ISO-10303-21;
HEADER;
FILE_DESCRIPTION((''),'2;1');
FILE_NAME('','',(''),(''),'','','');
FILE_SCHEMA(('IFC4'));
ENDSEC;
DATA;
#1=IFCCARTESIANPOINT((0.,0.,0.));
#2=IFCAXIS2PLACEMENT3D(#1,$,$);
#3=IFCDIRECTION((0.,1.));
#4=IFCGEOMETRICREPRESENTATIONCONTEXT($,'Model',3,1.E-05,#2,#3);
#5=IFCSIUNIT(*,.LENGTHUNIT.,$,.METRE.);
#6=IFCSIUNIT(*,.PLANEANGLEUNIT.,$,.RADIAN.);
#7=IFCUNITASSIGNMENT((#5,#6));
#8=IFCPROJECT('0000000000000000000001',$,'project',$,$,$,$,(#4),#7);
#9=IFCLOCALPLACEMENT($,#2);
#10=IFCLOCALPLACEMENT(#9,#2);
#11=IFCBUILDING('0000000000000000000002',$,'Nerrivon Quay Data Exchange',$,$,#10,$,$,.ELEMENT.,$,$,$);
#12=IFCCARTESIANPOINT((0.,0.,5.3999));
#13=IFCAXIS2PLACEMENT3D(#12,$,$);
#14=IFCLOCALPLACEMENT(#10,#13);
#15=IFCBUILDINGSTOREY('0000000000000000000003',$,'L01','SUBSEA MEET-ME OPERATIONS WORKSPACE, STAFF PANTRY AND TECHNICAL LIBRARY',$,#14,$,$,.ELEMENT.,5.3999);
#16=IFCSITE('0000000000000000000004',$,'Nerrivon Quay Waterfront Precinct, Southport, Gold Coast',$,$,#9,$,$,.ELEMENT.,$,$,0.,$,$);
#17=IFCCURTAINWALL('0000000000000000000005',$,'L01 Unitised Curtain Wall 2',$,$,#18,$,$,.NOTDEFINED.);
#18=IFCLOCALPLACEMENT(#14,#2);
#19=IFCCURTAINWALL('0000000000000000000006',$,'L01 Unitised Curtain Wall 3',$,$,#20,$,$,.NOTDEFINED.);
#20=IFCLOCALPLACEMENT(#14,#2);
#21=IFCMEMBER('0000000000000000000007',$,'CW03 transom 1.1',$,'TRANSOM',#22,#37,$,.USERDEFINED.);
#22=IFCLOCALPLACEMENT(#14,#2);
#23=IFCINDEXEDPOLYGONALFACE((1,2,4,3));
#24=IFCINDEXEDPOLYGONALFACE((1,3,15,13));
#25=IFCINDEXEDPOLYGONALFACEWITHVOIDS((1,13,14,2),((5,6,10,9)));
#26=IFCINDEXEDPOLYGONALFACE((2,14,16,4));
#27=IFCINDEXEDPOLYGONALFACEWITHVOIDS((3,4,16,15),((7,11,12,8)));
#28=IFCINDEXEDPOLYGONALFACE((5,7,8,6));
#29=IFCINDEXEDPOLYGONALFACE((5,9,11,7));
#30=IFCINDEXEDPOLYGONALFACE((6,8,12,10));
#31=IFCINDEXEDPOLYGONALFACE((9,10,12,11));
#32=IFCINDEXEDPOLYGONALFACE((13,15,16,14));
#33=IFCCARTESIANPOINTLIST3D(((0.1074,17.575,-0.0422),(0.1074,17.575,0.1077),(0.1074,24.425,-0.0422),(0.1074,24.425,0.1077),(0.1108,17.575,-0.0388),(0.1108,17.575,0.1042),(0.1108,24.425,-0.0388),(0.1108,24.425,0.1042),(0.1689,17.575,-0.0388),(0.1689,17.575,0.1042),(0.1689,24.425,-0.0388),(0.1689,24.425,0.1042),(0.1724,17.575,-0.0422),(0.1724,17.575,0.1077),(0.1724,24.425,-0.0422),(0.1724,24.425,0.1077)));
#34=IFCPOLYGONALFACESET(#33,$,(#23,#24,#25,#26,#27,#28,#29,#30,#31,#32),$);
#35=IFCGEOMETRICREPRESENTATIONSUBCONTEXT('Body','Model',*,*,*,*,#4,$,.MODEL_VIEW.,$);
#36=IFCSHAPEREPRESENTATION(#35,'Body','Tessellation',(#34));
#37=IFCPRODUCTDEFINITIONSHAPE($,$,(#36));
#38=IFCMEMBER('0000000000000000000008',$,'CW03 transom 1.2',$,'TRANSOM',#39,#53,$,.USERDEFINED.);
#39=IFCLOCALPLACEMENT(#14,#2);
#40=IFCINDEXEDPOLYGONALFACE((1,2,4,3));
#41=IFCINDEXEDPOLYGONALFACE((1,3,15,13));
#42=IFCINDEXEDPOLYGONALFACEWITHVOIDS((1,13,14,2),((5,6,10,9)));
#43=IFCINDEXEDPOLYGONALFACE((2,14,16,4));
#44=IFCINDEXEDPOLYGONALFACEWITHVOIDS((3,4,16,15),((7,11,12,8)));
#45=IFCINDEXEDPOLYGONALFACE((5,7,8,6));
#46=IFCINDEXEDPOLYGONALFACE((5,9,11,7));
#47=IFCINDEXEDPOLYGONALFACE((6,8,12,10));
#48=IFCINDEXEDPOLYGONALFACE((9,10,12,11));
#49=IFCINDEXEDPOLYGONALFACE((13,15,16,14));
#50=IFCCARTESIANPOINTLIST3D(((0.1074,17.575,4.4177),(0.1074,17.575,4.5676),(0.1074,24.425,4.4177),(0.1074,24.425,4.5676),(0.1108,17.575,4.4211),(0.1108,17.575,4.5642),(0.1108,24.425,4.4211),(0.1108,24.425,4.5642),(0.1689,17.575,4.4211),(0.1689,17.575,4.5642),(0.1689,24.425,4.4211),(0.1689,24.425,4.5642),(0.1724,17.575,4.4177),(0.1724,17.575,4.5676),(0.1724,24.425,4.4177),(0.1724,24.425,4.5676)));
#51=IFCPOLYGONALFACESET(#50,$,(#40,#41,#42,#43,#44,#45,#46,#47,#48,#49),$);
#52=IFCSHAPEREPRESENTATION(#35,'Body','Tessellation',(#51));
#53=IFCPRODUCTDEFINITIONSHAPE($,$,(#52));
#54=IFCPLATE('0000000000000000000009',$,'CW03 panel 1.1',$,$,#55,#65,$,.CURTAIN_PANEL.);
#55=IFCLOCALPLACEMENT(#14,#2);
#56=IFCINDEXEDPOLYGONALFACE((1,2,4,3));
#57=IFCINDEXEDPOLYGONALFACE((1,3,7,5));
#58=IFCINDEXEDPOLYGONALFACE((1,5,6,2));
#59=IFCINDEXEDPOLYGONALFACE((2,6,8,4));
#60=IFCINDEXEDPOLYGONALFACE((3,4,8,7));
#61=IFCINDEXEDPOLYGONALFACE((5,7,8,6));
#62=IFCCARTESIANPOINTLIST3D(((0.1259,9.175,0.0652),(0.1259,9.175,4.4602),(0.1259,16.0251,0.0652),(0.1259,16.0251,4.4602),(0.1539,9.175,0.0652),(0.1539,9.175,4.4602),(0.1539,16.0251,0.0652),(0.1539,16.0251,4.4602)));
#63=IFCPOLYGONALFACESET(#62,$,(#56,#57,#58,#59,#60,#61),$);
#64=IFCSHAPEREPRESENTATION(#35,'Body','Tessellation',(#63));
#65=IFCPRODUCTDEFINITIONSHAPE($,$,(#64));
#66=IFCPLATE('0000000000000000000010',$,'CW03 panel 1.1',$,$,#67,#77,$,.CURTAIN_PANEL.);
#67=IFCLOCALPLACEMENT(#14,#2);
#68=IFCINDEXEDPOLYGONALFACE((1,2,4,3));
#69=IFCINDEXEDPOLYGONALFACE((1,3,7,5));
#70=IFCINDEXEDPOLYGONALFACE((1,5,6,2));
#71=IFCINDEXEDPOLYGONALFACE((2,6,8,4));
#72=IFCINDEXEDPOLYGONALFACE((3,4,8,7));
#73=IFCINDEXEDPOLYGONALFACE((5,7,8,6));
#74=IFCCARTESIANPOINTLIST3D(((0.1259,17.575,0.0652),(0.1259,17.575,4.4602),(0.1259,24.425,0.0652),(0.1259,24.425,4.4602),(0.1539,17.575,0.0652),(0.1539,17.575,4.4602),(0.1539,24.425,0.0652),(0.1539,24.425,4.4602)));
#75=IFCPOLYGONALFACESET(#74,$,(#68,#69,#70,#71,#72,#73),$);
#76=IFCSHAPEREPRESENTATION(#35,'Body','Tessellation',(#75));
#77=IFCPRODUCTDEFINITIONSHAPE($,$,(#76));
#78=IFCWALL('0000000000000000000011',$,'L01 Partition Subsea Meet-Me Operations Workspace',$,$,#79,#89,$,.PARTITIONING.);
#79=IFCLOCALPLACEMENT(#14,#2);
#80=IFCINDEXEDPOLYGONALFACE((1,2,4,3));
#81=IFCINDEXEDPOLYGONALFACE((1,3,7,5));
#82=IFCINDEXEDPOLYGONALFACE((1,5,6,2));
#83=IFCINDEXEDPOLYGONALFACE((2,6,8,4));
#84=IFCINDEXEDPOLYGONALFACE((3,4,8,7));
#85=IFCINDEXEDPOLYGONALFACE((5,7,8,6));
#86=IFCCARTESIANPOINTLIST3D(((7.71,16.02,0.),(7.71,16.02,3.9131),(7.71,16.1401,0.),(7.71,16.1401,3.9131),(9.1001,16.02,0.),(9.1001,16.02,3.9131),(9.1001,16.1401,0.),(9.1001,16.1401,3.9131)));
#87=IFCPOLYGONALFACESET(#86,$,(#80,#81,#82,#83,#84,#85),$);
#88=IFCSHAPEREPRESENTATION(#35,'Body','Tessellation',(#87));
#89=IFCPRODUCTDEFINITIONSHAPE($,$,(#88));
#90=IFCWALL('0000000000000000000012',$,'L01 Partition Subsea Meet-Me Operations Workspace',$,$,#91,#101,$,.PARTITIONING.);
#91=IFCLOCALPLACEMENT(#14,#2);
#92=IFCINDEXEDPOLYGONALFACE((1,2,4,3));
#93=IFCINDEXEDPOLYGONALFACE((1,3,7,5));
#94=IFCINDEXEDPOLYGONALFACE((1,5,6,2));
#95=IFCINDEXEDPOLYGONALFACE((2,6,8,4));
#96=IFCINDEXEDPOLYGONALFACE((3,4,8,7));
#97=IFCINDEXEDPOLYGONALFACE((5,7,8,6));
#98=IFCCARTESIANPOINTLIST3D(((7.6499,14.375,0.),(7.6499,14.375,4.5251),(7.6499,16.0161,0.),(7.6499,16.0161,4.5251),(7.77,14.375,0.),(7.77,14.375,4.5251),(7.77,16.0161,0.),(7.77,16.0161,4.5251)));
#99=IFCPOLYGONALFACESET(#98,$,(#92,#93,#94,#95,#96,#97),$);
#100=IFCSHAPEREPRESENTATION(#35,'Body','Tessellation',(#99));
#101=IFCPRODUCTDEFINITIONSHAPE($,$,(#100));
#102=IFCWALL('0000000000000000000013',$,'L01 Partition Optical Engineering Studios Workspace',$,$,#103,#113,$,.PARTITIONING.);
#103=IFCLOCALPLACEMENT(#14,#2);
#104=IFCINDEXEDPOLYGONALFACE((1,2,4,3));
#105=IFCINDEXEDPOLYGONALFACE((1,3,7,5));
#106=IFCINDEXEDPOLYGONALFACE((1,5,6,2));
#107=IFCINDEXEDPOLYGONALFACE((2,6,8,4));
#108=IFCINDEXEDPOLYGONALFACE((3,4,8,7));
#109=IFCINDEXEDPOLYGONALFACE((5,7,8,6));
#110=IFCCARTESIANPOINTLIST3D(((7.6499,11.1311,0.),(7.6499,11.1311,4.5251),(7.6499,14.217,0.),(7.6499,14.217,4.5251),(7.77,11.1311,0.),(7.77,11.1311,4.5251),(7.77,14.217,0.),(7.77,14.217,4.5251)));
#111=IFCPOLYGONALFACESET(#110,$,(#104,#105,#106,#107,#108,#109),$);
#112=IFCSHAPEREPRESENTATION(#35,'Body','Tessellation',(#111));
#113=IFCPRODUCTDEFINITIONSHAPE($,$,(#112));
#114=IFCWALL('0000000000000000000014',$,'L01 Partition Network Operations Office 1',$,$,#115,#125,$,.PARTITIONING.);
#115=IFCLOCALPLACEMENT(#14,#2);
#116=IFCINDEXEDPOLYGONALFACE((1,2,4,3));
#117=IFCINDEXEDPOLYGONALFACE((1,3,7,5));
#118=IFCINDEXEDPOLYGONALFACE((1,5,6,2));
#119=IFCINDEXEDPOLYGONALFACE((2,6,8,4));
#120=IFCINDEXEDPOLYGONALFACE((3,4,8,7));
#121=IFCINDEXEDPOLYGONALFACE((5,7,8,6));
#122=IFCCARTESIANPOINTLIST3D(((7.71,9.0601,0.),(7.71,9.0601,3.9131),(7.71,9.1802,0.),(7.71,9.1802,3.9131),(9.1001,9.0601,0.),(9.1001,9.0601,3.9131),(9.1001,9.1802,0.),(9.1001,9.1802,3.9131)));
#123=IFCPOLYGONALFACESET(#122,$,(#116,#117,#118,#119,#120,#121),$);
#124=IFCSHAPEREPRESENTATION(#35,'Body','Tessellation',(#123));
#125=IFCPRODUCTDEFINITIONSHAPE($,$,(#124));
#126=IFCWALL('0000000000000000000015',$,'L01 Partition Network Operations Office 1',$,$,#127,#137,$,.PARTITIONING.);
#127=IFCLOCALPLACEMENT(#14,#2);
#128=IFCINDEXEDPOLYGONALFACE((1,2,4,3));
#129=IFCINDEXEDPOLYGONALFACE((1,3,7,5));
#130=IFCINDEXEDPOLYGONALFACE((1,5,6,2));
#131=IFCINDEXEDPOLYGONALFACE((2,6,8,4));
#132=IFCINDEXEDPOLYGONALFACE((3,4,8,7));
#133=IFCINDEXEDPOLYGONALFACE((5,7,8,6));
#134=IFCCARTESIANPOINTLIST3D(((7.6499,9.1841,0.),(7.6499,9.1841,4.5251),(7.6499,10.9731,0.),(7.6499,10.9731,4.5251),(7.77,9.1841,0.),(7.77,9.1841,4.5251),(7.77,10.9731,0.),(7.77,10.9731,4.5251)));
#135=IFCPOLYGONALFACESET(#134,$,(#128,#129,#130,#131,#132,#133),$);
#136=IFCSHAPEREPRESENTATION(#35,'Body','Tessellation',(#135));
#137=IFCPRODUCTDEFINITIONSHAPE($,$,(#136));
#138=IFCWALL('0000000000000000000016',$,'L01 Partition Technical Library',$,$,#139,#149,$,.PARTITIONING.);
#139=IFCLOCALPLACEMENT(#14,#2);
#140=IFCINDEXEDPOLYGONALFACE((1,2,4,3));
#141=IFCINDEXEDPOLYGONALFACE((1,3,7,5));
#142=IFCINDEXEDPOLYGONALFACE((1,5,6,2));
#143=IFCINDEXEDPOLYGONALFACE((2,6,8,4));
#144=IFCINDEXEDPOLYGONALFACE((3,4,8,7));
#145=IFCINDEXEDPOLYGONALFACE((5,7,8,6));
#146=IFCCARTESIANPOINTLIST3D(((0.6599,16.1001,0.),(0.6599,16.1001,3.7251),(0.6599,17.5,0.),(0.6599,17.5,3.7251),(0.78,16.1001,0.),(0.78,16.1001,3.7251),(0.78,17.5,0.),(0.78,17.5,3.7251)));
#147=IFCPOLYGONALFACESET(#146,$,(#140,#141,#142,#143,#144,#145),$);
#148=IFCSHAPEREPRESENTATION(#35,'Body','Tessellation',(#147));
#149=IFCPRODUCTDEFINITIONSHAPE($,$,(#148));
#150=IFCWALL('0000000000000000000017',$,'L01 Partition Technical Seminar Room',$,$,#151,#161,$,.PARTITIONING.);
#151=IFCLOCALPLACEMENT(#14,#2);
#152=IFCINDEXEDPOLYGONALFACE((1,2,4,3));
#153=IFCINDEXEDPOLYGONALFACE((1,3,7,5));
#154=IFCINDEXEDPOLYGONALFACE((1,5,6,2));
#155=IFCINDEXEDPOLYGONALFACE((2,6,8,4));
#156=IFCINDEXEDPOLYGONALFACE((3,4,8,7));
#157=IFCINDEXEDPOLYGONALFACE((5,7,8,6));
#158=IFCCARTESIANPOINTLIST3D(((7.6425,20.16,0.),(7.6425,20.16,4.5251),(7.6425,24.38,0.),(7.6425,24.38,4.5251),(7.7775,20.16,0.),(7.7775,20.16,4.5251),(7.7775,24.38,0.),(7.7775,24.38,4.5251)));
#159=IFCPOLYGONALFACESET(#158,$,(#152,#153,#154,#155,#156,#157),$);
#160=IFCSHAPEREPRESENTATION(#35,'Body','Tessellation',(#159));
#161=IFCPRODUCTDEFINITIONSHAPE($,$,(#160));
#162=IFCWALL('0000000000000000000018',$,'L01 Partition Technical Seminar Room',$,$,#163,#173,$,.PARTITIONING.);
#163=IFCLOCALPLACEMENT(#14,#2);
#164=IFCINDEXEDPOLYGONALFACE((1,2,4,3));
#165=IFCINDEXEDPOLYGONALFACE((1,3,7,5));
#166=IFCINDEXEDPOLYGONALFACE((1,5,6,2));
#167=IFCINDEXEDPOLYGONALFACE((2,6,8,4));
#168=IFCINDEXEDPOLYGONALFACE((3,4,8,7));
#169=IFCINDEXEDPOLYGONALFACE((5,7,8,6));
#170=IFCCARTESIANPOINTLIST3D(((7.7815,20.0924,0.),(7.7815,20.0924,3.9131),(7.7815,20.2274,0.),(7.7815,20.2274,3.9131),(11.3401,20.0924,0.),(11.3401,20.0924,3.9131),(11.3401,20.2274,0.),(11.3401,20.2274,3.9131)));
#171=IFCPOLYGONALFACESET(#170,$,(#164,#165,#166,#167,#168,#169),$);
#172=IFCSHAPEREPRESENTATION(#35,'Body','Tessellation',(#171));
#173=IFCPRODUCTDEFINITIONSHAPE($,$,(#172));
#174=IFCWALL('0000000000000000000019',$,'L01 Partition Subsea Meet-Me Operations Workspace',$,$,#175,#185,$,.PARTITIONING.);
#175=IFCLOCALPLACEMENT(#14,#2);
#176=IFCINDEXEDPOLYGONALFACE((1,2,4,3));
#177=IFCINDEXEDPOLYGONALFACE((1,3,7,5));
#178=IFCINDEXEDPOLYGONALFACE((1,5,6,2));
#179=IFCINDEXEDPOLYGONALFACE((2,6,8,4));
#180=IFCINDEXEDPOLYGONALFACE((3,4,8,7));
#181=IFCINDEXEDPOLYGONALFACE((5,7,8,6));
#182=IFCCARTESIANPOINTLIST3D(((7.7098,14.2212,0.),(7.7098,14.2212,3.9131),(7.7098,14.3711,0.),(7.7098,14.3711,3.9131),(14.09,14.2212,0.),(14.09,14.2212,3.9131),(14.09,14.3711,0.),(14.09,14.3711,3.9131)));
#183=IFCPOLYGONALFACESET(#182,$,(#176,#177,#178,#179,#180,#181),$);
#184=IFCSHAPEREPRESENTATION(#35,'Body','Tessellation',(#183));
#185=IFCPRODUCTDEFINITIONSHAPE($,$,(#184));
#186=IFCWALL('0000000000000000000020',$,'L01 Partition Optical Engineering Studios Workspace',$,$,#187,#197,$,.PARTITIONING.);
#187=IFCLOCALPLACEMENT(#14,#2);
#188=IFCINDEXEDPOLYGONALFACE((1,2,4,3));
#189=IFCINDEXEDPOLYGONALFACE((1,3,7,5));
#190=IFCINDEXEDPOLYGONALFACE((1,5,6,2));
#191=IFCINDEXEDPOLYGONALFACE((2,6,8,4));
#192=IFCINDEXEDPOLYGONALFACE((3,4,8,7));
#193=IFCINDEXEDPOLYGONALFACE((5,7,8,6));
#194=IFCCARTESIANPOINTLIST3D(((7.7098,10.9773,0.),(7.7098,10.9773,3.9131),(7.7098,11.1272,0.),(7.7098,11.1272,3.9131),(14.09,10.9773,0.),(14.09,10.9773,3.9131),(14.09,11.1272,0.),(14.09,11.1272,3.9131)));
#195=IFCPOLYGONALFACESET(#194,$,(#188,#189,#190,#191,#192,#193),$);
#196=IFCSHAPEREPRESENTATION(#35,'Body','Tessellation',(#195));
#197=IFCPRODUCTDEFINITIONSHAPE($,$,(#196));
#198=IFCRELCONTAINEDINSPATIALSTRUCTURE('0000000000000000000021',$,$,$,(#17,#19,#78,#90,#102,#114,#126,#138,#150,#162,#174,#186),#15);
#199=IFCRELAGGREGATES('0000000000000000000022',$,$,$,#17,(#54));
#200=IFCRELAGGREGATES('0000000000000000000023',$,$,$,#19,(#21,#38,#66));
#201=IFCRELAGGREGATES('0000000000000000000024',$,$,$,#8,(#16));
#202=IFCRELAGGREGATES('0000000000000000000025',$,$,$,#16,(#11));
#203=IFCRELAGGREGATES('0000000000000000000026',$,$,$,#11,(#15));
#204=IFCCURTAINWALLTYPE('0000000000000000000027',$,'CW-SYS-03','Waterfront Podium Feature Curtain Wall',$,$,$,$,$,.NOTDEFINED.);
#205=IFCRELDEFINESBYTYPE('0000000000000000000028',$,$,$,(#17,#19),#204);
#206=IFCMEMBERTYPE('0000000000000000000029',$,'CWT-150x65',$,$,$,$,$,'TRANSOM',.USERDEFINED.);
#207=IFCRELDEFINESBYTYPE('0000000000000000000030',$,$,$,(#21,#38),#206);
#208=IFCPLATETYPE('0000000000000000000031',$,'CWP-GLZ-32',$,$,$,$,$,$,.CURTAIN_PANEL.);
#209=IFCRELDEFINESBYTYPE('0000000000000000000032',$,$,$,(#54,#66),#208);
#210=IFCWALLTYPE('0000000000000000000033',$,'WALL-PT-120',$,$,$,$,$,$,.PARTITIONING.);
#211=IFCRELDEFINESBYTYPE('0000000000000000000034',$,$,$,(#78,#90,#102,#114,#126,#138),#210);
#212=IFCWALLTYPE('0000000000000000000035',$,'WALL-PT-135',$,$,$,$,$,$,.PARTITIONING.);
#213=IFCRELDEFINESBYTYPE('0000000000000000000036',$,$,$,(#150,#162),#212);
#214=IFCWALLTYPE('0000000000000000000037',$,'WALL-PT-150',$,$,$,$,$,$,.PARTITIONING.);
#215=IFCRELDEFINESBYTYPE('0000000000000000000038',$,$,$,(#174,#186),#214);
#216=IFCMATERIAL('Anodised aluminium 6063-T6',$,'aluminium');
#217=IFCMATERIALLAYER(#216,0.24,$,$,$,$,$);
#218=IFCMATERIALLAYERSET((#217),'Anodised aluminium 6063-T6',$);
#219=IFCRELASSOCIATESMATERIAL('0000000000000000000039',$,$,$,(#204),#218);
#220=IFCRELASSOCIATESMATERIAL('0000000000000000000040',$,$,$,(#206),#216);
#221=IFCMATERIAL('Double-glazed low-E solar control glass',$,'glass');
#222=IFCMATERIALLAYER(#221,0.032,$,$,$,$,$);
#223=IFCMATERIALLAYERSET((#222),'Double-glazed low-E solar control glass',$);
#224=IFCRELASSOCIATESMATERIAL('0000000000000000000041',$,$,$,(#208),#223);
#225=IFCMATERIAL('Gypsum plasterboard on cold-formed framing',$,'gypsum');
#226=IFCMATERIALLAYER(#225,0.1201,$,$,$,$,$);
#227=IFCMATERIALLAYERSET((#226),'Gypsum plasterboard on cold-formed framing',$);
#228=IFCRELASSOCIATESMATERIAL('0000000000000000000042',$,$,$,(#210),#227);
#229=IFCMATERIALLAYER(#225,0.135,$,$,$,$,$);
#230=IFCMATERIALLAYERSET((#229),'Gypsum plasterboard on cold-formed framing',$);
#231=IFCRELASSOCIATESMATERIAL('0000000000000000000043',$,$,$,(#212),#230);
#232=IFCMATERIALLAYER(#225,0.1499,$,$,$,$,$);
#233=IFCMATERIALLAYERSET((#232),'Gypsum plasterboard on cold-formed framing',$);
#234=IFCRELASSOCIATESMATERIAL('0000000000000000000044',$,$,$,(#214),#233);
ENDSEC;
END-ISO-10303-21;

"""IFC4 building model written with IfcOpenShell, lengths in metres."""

from ifc_helpers import new_model, si_unit, direction, frame, frame_2d, origin, origin_2d, place, context, subcontext, project, spatial, rectangle, hollow_rectangle, extrude, material, layer, layer_set, material_profile, profile_set, type_object, element, aggregate, save


model = new_model("IFC4")

# Units and contexts
model_context = context("Model", 3, precision=1e-05, world=origin(), true_north=direction((0.0, 1.0)))
body_context = subcontext(model_context, "Body", "Model", "MODEL_VIEW")
ifc_project = project(units=[si_unit("LENGTHUNIT", "METRE"), si_unit("PLANEANGLEUNIT", "RADIAN")], contexts=[model_context])

# Site, building, storey
site_placement = place(None, origin())
site = spatial("IfcSite", under=ifc_project, at=site_placement, Name="Nerrivon Quay Waterfront Precinct, Southport, Gold Coast", CompositionType="ELEMENT", RefElevation=0.0)
building_placement = place(site_placement, origin())
building = spatial("IfcBuilding", under=site, at=building_placement, Name="Nerrivon Quay Data Exchange", CompositionType="ELEMENT")
storey_placement = place(building_placement, frame((0.0, 0.0, 5.3999)))
storey = spatial("IfcBuildingStorey", under=building, at=storey_placement, Name="L01", Description="SUBSEA MEET-ME OPERATIONS WORKSPACE, STAFF PANTRY AND TECHNICAL LIBRARY", CompositionType="ELEMENT", Elevation=5.3999)

# Curtain walls
ifc_material_1 = material(Name="Anodised aluminium 6063-T6", Category="aluminium")
ifc_layer_1 = layer(ifc_material_1, 0.24)
ifc_layer_set_1 = layer_set([ifc_layer_1], Name="Anodised aluminium 6063-T6")
curtain_wall_type = type_object("IfcCurtainWallType", Name="CW-SYS-03", Description="Waterfront Podium Feature Curtain Wall", PredefinedType="NOTDEFINED", material=ifc_layer_set_1)
curtain_wall_1_placement = place(storey_placement, origin())
curtain_wall_1 = element("IfcCurtainWall", 1, at=curtain_wall_1_placement, inside=storey, type_object=curtain_wall_type, Name="L01 Unitised Curtain Wall 2", PredefinedType="NOTDEFINED")
curtain_wall_2_placement = place(storey_placement, origin())
curtain_wall_2 = element("IfcCurtainWall", 2, at=curtain_wall_2_placement, inside=storey, type_object=curtain_wall_type, Name="L01 Unitised Curtain Wall 3", PredefinedType="NOTDEFINED")

# Members
ifc_material_profile_1 = material_profile(ifc_material_1, hollow_rectangle(XDim=0.0649, YDim=0.1499, WallThickness=0.0034, at=origin_2d()), Name="ALU-TRAN-150x65")
ifc_profile_set_1 = profile_set([ifc_material_profile_1], Name="Anodised aluminium 6063-T6")
member_type_1 = type_object("IfcMemberType", Name="CWT-150x65", ElementType="TRANSOM", PredefinedType="USERDEFINED", material=ifc_profile_set_1)
member_1_placement = place(storey_placement, frame((0.1399, 17.575, 0.0327), z_axis=(0.0, 1.0, 0.0), x_axis=(-1.0, 0.0, 0.0)))
member_1 = element("IfcMember", 3, at=member_1_placement, type_object=member_type_1, Name="CW03 transom 1.1", ObjectType="TRANSOM", PredefinedType="USERDEFINED", context=body_context, shape_type="SweptSolid", body=[
    extrude(hollow_rectangle(XDim=0.0649, YDim=0.1499, WallThickness=0.0034, at=origin_2d()), origin(), (0.0, 0.0, 1.0), 6.8501),
])
member_2_placement = place(storey_placement, frame((0.1399, 17.575, 4.4927), z_axis=(0.0, 1.0, 0.0), x_axis=(-1.0, 0.0, 0.0)))
member_2 = element("IfcMember", 4, at=member_2_placement, type_object=member_type_1, Name="CW03 transom 1.2", ObjectType="TRANSOM", PredefinedType="USERDEFINED", context=body_context, shape_type="SweptSolid", body=[
    extrude(hollow_rectangle(XDim=0.0649, YDim=0.1499, WallThickness=0.0034, at=origin_2d()), origin(), (0.0, 0.0, 1.0), 6.8501),
])

# Plates
ifc_material_2 = material(Name="Double-glazed low-E solar control glass", Category="glass")
ifc_layer_2 = layer(ifc_material_2, 0.032)
ifc_layer_set_2 = layer_set([ifc_layer_2], Name="Double-glazed low-E solar control glass")
plate_type = type_object("IfcPlateType", Name="CWP-GLZ-32", PredefinedType="CURTAIN_PANEL", material=ifc_layer_set_2)
plate_1_placement = place(storey_placement, frame((0.1399, 12.6001, 0.0652), z_axis=(0.0, 0.0, 1.0), x_axis=(0.0, 1.0, 0.0)))
plate_1 = element("IfcPlate", 5, at=plate_1_placement, type_object=plate_type, Name="CW03 panel 1.1", PredefinedType="CURTAIN_PANEL", context=body_context, shape_type="SweptSolid", body=[
    extrude(rectangle(XDim=6.8501, YDim=0.0281, at=origin_2d()), origin(), (0.0, 0.0, 1.0), 4.395),
])
aggregate(curtain_wall_1, [plate_1])
plate_2_placement = place(storey_placement, frame((0.1399, 21.0, 0.0652), z_axis=(0.0, 0.0, 1.0), x_axis=(0.0, 1.0, 0.0)))
plate_2 = element("IfcPlate", 6, at=plate_2_placement, type_object=plate_type, Name="CW03 panel 1.1", PredefinedType="CURTAIN_PANEL", context=body_context, shape_type="SweptSolid", body=[
    extrude(rectangle(XDim=6.8501, YDim=0.0281, at=origin_2d()), origin(), (0.0, 0.0, 1.0), 4.395),
])
aggregate(curtain_wall_2, [member_1, member_2, plate_2])

# Walls
ifc_material_3 = material(Name="Gypsum plasterboard on cold-formed framing", Category="gypsum")
ifc_layer_3 = layer(ifc_material_3, 0.1201)
ifc_layer_set_3 = layer_set([ifc_layer_3], Name="Gypsum plasterboard on cold-formed framing")
wall_type_1 = type_object("IfcWallType", Name="WALL-PT-120", PredefinedType="PARTITIONING", material=ifc_layer_set_3)
wall_1_placement = place(storey_placement, frame((9.1001, 16.0801, 0.0), z_axis=(0.0, 0.0, 1.0), x_axis=(-1.0, 0.0, 0.0)))
element("IfcWall", 7, at=wall_1_placement, inside=storey, type_object=wall_type_1, Name="L01 Partition Subsea Meet-Me Operations Workspace", PredefinedType="PARTITIONING", context=body_context, shape_type="SweptSolid", body=[
    extrude(rectangle(XDim=1.3901, YDim=0.1201, at=frame_2d((0.6951, 0.0))), origin(), (0.0, 0.0, 1.0), 3.9131),
])
wall_2_placement = place(storey_placement, frame((7.71, 16.0161, 0.0), z_axis=(0.0, 0.0, 1.0), x_axis=(0.0, -1.0, 0.0)))
element("IfcWall", 8, at=wall_2_placement, inside=storey, type_object=wall_type_1, Name="L01 Partition Subsea Meet-Me Operations Workspace", PredefinedType="PARTITIONING", context=body_context, shape_type="SweptSolid", body=[
    extrude(rectangle(XDim=1.6411, YDim=0.1201, at=frame_2d((0.8206, 0.0))), origin(), (0.0, 0.0, 1.0), 4.5251),
])
wall_3_placement = place(storey_placement, frame((7.71, 14.217, 0.0), z_axis=(0.0, 0.0, 1.0), x_axis=(0.0, -1.0, 0.0)))
element("IfcWall", 9, at=wall_3_placement, inside=storey, type_object=wall_type_1, Name="L01 Partition Optical Engineering Studios Workspace", PredefinedType="PARTITIONING", context=body_context, shape_type="SweptSolid", body=[
    extrude(rectangle(XDim=3.0859, YDim=0.1201, at=frame_2d((1.543, 0.0))), origin(), (0.0, 0.0, 1.0), 4.5251),
])
wall_4_placement = place(storey_placement, frame((7.71, 9.1201, 0.0), z_axis=(0.0, 0.0, 1.0), x_axis=(1.0, 0.0, 0.0)))
element("IfcWall", 10, at=wall_4_placement, inside=storey, type_object=wall_type_1, Name="L01 Partition Network Operations Office 1", PredefinedType="PARTITIONING", context=body_context, shape_type="SweptSolid", body=[
    extrude(rectangle(XDim=1.3901, YDim=0.1201, at=frame_2d((0.6951, 0.0))), origin(), (0.0, 0.0, 1.0), 3.9131),
])
wall_5_placement = place(storey_placement, frame((7.71, 10.9731, 0.0), z_axis=(0.0, 0.0, 1.0), x_axis=(0.0, -1.0, 0.0)))
element("IfcWall", 11, at=wall_5_placement, inside=storey, type_object=wall_type_1, Name="L01 Partition Network Operations Office 1", PredefinedType="PARTITIONING", context=body_context, shape_type="SweptSolid", body=[
    extrude(rectangle(XDim=1.7891, YDim=0.1201, at=frame_2d((0.8945, 0.0))), origin(), (0.0, 0.0, 1.0), 4.5251),
])
wall_6_placement = place(storey_placement, frame((0.72, 17.5, 0.0), z_axis=(0.0, 0.0, 1.0), x_axis=(0.0, -1.0, 0.0)))
element("IfcWall", 12, at=wall_6_placement, inside=storey, type_object=wall_type_1, Name="L01 Partition Technical Library", PredefinedType="PARTITIONING", context=body_context, shape_type="SweptSolid", body=[
    extrude(rectangle(XDim=1.3999, YDim=0.1201, at=frame_2d((0.7, 0.0))), origin(), (0.0, 0.0, 1.0), 3.7251),
])
ifc_layer_4 = layer(ifc_material_3, 0.135)
ifc_layer_set_4 = layer_set([ifc_layer_4], Name="Gypsum plasterboard on cold-formed framing")
wall_type_2 = type_object("IfcWallType", Name="WALL-PT-135", PredefinedType="PARTITIONING", material=ifc_layer_set_4)
wall_7_placement = place(storey_placement, frame((7.71, 24.3799, 0.0), z_axis=(0.0, 0.0, 1.0), x_axis=(0.0, -1.0, 0.0)))
element("IfcWall", 13, at=wall_7_placement, inside=storey, type_object=wall_type_2, Name="L01 Partition Technical Seminar Room", PredefinedType="PARTITIONING", context=body_context, shape_type="SweptSolid", body=[
    extrude(rectangle(XDim=4.22, YDim=0.135, at=frame_2d((2.1099, 0.0))), origin(), (0.0, 0.0, 1.0), 4.5251),
])
wall_8_placement = place(storey_placement, frame((7.7815, 20.1599, 0.0), z_axis=(0.0, 0.0, 1.0), x_axis=(1.0, 0.0, 0.0)))
element("IfcWall", 14, at=wall_8_placement, inside=storey, type_object=wall_type_2, Name="L01 Partition Technical Seminar Room", PredefinedType="PARTITIONING", context=body_context, shape_type="SweptSolid", body=[
    extrude(rectangle(XDim=3.5586, YDim=0.135, at=frame_2d((1.7793, 0.0))), origin(), (0.0, 0.0, 1.0), 3.9131),
])
ifc_layer_5 = layer(ifc_material_3, 0.1499)
ifc_layer_set_5 = layer_set([ifc_layer_5], Name="Gypsum plasterboard on cold-formed framing")
wall_type_3 = type_object("IfcWallType", Name="WALL-PT-150", PredefinedType="PARTITIONING", material=ifc_layer_set_5)
for number, where, z_axis, x_axis, name in (
    (15, (7.71, 14.2961, 0.0), (0.0, 0.0, 1.0), (1.0, 0.0, 0.0), "L01 Partition Subsea Meet-Me Operations Workspace"),
    (16, (7.71, 11.0522, 0.0), (0.0, 0.0, 1.0), (1.0, 0.0, 0.0), "L01 Partition Optical Engineering Studios Workspace"),
):
    element("IfcWall", number, at=place(storey_placement, frame(where, z_axis=z_axis, x_axis=x_axis)), inside=storey, type_object=wall_type_3, Name=name, PredefinedType="PARTITIONING", context=body_context, shape_type="SweptSolid", body=[
        extrude(rectangle(XDim=6.3801, YDim=0.1499, at=frame_2d((3.1899, 0.0))), origin(), (0.0, 0.0, 1.0), 3.9131),
    ])

save(model, "model.ifc")
